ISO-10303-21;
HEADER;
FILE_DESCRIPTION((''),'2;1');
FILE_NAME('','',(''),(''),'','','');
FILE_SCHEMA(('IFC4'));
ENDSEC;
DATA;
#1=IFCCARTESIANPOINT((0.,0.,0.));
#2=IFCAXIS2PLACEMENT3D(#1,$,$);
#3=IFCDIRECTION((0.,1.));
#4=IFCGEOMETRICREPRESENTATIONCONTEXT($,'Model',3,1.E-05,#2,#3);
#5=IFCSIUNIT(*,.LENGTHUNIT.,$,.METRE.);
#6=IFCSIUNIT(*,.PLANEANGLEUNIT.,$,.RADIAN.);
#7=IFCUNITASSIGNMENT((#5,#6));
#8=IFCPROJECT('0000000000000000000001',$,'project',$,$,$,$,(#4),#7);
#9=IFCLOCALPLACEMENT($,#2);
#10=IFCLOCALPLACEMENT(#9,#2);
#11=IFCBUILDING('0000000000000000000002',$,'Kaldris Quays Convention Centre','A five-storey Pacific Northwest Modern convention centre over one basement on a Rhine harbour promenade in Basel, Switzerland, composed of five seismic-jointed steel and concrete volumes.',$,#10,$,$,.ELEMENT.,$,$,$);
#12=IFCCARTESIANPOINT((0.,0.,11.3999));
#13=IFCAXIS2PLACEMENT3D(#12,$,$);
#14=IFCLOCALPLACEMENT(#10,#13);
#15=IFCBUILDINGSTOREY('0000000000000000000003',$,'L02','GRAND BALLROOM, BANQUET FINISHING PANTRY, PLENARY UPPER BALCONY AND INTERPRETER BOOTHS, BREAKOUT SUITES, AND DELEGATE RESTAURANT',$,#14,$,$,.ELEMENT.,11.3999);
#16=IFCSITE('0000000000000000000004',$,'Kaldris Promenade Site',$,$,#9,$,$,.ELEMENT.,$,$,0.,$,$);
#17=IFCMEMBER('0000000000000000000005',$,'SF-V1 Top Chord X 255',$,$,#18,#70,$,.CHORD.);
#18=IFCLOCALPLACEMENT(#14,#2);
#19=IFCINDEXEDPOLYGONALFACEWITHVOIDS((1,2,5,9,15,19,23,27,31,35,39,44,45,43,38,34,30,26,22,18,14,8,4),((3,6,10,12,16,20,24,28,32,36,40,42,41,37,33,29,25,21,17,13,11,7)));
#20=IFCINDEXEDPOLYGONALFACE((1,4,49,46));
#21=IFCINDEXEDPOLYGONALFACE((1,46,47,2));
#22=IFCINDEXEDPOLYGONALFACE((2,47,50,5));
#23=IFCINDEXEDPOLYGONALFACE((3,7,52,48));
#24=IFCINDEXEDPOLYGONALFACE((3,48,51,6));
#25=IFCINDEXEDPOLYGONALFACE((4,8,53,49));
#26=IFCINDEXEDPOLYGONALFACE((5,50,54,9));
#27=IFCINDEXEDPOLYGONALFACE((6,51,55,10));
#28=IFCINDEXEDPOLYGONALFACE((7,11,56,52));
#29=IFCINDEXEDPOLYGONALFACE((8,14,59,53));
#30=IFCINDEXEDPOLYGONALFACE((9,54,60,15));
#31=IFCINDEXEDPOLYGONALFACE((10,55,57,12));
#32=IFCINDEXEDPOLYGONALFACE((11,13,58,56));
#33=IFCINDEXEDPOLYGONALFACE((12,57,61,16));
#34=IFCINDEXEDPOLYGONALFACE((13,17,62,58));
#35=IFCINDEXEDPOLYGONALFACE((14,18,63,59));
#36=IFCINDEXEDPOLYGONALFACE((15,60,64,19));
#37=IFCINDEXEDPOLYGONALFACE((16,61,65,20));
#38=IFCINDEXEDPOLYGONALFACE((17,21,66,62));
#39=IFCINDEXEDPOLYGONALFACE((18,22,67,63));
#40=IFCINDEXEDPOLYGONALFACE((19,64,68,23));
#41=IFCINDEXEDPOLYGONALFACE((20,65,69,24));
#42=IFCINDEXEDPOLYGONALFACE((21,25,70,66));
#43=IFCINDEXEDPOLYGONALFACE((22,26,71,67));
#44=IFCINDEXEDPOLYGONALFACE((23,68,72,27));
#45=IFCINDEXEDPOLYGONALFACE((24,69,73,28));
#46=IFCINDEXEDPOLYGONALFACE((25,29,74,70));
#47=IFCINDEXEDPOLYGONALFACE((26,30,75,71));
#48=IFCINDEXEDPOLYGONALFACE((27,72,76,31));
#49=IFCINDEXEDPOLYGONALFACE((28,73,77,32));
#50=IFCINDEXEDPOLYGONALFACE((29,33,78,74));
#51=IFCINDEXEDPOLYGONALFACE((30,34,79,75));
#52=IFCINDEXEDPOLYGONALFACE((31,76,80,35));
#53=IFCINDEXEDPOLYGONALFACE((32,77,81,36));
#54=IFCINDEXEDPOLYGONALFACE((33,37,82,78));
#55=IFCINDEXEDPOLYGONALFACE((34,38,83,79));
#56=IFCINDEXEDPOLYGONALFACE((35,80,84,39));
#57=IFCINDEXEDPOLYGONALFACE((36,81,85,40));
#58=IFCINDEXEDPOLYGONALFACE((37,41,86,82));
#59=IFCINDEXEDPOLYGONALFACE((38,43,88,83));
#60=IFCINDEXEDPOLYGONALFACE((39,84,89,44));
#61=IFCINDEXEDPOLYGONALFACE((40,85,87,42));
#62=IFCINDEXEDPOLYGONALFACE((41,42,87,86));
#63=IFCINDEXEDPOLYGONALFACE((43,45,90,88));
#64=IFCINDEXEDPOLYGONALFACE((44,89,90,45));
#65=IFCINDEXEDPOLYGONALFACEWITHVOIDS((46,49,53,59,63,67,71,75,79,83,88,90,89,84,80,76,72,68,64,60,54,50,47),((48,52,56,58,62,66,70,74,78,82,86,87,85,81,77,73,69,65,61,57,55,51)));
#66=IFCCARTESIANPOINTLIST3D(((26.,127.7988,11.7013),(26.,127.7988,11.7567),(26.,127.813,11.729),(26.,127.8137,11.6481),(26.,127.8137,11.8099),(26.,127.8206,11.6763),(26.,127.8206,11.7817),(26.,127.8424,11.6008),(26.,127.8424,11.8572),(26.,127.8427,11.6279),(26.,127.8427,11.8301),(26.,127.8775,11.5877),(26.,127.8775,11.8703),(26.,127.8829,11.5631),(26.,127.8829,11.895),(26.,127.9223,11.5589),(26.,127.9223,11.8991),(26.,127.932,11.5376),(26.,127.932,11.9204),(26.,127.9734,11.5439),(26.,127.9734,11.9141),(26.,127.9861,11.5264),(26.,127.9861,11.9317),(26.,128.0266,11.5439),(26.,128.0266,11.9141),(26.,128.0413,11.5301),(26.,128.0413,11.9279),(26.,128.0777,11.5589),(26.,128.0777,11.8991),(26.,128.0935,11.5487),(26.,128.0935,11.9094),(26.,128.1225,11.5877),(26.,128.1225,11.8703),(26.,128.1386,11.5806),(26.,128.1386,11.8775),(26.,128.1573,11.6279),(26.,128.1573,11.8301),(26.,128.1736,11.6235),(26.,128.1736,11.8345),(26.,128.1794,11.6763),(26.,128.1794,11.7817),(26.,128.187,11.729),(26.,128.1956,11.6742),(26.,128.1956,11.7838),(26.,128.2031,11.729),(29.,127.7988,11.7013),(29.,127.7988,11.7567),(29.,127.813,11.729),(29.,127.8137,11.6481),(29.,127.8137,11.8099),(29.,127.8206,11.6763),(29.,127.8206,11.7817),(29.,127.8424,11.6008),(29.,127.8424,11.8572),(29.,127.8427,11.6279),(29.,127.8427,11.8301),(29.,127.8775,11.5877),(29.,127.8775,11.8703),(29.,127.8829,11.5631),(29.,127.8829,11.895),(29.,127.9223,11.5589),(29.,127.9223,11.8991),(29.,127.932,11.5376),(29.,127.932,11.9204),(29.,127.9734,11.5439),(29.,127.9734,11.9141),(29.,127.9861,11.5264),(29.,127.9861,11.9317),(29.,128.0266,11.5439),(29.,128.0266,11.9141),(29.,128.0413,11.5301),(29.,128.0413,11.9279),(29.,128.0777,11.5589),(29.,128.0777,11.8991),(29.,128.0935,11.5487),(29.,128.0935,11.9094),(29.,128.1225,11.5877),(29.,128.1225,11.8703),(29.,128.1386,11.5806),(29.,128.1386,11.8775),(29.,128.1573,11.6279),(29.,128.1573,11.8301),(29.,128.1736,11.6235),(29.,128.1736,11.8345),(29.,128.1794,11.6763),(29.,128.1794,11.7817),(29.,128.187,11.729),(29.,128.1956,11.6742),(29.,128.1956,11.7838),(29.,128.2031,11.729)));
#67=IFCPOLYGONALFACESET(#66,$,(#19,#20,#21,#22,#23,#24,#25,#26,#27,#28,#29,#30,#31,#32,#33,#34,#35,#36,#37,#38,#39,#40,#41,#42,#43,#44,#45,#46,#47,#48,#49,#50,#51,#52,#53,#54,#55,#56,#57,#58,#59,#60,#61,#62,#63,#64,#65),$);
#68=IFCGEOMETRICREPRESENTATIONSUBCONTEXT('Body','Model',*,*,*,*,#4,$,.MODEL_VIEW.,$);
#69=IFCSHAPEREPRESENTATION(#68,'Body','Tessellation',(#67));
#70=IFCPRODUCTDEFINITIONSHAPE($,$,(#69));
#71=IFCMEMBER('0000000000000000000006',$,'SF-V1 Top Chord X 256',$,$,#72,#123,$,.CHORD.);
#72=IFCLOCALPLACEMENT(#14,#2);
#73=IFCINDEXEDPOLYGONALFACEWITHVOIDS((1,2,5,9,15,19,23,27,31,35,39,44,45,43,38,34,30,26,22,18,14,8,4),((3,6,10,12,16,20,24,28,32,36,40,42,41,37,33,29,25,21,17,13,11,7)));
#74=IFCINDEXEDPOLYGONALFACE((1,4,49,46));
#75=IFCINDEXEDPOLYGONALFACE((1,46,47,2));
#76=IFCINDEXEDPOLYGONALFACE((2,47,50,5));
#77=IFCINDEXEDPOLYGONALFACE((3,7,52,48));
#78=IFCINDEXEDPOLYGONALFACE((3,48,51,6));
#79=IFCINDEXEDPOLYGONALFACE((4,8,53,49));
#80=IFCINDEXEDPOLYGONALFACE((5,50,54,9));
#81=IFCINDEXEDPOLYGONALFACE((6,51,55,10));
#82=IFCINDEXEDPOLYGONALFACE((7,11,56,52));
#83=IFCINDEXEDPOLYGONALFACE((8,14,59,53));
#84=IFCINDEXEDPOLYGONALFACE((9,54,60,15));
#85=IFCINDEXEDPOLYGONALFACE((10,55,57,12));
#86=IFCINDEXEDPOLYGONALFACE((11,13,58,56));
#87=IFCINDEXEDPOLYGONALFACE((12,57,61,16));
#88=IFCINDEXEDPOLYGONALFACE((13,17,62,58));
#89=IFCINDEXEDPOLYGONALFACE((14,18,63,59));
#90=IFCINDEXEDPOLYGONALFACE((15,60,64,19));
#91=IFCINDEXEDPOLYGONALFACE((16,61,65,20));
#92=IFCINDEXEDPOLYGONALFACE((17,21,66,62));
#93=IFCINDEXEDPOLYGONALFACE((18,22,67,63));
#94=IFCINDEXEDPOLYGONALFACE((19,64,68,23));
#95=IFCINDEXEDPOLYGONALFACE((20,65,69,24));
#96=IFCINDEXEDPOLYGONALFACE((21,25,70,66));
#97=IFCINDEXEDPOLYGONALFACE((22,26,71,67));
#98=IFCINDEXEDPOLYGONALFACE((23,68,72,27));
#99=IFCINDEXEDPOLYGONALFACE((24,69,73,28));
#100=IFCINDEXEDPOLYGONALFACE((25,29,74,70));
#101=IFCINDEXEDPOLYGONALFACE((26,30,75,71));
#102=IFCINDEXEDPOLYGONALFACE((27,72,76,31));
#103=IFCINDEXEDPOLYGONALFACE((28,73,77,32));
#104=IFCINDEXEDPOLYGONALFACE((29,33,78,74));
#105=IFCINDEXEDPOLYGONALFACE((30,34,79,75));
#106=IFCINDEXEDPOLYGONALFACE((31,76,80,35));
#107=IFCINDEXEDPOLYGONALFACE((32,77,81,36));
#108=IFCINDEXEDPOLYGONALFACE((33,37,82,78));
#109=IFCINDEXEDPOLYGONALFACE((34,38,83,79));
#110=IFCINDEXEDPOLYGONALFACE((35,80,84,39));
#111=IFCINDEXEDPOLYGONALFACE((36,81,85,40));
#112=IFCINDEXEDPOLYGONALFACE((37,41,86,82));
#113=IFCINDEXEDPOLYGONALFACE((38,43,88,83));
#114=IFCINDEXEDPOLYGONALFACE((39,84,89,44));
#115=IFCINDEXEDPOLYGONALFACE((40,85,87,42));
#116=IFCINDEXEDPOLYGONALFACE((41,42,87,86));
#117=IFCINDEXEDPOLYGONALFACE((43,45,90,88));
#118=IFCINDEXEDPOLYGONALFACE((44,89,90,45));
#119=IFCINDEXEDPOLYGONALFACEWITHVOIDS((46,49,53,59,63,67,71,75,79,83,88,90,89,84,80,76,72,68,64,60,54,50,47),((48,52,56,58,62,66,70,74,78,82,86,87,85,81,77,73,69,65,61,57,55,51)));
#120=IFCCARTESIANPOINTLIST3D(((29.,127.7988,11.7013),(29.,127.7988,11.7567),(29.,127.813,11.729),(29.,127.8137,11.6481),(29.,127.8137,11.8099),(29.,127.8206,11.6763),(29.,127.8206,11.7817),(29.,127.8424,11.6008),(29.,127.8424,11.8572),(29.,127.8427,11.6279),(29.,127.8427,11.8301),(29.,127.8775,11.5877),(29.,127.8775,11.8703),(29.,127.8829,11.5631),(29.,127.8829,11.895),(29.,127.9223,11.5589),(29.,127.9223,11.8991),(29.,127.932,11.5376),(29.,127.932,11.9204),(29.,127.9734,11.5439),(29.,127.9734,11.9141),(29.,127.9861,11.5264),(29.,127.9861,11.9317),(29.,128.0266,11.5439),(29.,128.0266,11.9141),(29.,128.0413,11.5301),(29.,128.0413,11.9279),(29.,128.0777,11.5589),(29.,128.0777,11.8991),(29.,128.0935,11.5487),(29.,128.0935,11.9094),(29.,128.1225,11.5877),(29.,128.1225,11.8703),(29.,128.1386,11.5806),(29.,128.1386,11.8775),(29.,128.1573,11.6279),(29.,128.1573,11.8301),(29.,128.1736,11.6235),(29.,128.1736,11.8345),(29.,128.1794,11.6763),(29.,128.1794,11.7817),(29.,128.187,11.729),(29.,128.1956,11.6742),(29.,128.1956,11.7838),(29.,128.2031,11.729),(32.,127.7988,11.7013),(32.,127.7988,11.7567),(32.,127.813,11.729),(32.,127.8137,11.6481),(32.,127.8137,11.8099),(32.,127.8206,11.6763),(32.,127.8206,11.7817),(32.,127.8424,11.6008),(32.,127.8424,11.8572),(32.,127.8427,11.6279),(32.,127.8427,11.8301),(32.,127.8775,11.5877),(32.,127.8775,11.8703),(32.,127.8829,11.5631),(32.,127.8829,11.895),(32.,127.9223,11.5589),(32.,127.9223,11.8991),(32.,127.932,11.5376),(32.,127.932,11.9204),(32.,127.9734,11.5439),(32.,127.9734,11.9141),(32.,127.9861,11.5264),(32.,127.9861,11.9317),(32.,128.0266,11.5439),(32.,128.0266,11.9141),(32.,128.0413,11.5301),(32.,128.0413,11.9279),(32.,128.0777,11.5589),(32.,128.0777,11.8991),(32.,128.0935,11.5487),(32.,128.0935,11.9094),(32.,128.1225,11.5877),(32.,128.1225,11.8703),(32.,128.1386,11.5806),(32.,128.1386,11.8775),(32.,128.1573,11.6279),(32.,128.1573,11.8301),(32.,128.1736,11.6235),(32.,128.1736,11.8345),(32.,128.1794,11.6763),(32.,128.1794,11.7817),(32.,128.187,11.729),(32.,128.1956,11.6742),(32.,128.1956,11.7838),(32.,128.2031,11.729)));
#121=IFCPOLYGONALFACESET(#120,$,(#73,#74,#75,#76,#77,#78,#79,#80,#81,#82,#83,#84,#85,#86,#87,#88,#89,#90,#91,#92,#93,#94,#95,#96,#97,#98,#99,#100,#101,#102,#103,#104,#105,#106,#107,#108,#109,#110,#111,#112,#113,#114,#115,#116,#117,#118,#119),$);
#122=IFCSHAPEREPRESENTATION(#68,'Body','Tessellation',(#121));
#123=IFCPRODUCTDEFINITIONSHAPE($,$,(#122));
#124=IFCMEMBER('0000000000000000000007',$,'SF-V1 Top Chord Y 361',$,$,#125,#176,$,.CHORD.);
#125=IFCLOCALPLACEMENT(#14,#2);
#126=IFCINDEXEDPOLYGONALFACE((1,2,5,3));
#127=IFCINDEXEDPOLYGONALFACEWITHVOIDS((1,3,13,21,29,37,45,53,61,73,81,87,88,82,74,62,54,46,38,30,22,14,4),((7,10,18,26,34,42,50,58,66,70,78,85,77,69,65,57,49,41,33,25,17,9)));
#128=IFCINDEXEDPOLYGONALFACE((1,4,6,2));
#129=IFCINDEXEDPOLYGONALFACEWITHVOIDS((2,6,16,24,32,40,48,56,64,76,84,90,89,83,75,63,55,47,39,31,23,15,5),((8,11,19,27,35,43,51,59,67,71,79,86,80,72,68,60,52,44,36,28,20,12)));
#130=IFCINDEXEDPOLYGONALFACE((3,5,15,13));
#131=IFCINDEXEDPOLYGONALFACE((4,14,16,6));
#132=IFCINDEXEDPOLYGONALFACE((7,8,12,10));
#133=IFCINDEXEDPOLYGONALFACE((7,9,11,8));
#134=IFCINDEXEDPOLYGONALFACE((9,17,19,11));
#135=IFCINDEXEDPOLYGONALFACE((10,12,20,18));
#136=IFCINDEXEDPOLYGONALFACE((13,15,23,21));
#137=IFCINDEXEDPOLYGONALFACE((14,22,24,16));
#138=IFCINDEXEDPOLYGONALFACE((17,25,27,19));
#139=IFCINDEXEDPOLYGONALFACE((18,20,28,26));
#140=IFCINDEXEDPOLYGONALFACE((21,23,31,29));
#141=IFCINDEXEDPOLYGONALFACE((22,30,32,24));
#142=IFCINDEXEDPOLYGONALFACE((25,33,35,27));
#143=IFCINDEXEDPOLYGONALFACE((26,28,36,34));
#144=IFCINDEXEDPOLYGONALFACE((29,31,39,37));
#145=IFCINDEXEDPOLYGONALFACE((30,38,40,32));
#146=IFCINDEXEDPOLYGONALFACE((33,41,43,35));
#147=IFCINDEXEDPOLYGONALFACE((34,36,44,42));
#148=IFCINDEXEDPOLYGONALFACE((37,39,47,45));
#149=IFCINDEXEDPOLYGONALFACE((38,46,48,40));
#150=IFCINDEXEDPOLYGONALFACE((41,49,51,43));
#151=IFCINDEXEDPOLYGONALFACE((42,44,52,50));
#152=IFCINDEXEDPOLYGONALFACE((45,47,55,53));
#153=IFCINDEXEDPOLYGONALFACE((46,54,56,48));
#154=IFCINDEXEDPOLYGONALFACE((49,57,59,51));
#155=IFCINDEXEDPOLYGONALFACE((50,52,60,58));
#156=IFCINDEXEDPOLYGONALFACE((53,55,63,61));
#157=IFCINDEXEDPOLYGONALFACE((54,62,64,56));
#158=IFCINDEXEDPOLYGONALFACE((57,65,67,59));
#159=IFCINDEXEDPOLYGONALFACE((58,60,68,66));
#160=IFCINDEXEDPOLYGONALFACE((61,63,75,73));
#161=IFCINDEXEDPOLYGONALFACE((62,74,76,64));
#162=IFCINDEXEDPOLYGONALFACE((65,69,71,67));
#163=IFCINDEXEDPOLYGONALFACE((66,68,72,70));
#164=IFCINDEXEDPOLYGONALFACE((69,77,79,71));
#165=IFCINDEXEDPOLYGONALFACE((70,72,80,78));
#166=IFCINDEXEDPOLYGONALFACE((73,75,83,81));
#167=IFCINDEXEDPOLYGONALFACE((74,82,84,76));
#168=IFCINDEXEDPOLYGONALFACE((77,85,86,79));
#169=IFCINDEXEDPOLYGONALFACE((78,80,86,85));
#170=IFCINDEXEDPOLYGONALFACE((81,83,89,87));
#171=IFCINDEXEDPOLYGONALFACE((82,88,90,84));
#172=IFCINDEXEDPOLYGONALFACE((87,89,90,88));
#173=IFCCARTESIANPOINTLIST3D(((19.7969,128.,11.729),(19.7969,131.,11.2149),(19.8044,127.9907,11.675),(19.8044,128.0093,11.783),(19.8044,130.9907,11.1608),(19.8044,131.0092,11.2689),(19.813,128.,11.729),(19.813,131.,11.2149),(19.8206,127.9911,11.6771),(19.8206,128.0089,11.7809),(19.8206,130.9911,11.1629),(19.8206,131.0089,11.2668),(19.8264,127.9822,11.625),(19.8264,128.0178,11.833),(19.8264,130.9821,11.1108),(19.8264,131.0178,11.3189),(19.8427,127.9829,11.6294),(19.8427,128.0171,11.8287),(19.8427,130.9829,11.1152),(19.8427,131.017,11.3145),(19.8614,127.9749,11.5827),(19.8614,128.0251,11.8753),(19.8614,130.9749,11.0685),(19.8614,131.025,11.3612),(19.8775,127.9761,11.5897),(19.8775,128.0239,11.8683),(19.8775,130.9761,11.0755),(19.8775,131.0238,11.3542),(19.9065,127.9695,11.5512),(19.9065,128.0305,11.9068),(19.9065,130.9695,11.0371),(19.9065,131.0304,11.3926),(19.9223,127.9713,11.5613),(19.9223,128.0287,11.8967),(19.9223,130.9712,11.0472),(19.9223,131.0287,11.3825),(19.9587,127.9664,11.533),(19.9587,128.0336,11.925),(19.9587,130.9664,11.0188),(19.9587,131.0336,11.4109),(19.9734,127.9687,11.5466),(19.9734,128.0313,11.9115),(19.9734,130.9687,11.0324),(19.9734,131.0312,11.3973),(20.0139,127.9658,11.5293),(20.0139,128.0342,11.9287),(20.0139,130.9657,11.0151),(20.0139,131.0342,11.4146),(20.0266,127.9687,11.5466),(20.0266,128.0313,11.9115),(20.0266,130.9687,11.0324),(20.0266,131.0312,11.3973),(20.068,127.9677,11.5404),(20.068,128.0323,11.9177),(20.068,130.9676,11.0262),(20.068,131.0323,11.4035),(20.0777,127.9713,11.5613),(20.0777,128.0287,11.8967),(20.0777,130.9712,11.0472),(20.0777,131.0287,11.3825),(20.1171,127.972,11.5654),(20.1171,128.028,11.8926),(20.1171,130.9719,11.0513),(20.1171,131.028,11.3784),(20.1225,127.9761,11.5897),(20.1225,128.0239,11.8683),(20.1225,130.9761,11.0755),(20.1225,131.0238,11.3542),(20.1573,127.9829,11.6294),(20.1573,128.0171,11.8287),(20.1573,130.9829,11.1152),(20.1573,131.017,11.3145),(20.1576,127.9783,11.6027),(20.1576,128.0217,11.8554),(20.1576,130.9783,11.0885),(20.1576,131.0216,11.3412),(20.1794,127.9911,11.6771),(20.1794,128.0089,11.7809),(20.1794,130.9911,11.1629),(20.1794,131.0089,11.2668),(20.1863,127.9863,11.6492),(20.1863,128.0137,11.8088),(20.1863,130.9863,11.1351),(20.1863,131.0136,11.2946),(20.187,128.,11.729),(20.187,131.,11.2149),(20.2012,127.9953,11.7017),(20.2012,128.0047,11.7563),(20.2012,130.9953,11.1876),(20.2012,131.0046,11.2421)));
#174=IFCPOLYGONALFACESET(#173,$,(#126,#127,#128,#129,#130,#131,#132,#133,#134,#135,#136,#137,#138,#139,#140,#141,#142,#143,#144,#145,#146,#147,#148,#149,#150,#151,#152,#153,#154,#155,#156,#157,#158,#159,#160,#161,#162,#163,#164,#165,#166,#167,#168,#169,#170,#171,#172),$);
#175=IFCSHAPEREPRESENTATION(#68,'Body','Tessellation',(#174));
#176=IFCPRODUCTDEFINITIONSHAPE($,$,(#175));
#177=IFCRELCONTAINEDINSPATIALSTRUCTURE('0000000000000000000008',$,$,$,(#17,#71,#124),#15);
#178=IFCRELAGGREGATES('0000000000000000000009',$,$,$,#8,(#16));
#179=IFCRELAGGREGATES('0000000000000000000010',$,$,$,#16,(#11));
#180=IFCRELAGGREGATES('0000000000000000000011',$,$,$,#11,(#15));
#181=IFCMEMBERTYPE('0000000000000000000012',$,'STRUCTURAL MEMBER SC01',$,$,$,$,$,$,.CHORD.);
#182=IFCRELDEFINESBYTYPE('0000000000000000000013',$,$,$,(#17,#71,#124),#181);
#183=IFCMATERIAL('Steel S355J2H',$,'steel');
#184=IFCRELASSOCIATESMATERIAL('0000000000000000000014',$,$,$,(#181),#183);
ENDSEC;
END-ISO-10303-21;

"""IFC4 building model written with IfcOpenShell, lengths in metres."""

from ifc_helpers import new_model, si_unit, direction, frame, origin, origin_2d, place, context, subcontext, project, spatial, hollow_circle, extrude, material, material_profile, profile_set, type_object, element, save


model = new_model("IFC4")

# Units and contexts
model_context = context("Model", 3, precision=1e-05, world=origin(), true_north=direction((0.0, 1.0)))
body_context = subcontext(model_context, "Body", "Model", "MODEL_VIEW")
ifc_project = project(units=[si_unit("LENGTHUNIT", "METRE"), si_unit("PLANEANGLEUNIT", "RADIAN")], contexts=[model_context])

# Site, building, storey
site_placement = place(None, origin())
site = spatial("IfcSite", under=ifc_project, at=site_placement, Name="Kaldris Promenade Site", CompositionType="ELEMENT", RefElevation=0.0)
building_placement = place(site_placement, origin())
building = spatial("IfcBuilding", under=site, at=building_placement, Name="Kaldris Quays Convention Centre", Description="A five-storey Pacific Northwest Modern convention centre over one basement on a Rhine harbour promenade in Basel, Switzerland, composed of five seismic-jointed steel and concrete volumes.", CompositionType="ELEMENT")
storey_placement = place(building_placement, frame((0.0, 0.0, 11.3999)))
storey = spatial("IfcBuildingStorey", under=building, at=storey_placement, Name="L02", Description="GRAND BALLROOM, BANQUET FINISHING PANTRY, PLENARY UPPER BALCONY AND INTERPRETER BOOTHS, BREAKOUT SUITES, AND DELEGATE RESTAURANT", CompositionType="ELEMENT", Elevation=11.3999)

# Members
ifc_material_1 = material(Name="Steel S355J2H", Category="steel")
ifc_material_profile_1 = material_profile(ifc_material_1, hollow_circle(Radius=0.2031, WallThickness=0.0161, at=origin_2d()), Name="CHS 406.4x16")
ifc_profile_set_1 = profile_set([ifc_material_profile_1], Name="Steel S355J2H")
member_type_1 = type_object("IfcMemberType", Name="STRUCTURAL MEMBER SC01", PredefinedType="CHORD", material=ifc_profile_set_1)
for number, where, z_axis, x_axis, name in (
    (1, (26.0, 128.0, 11.729), (1.0, 0.0, 0.0), (0.0, 1.0, 0.0), "SF-V1 Top Chord X 255"),
    (2, (29.0, 128.0, 11.729), (1.0, 0.0, 0.0), (0.0, 1.0, 0.0), "SF-V1 Top Chord X 256"),
):
    element("IfcMember", number, at=place(storey_placement, frame(where, z_axis=z_axis, x_axis=x_axis)), inside=storey, type_object=member_type_1, Name=name, PredefinedType="CHORD", context=body_context, shape_type="SweptSolid", body=[
        extrude(hollow_circle(Radius=0.2031, WallThickness=0.0161, at=origin_2d()), origin(), (0.0, 0.0, 1.0), 3.0),
    ])
for number, where, z_axis, x_axis, name in (
    (3, (20.0, 128.0, 11.729), (0.0, 0.985629, -0.168924), (-1.0, 0.0, 0.0), "SF-V1 Top Chord Y 361"),
):
    element("IfcMember", number, at=place(storey_placement, frame(where, z_axis=z_axis, x_axis=x_axis)), inside=storey, type_object=member_type_1, Name=name, PredefinedType="CHORD", context=body_context, shape_type="SweptSolid", body=[
        extrude(hollow_circle(Radius=0.2031, WallThickness=0.0161, at=origin_2d()), origin(), (0.0, 0.0, 1.0), 3.0437),
    ])

save(model, "model.ifc")
